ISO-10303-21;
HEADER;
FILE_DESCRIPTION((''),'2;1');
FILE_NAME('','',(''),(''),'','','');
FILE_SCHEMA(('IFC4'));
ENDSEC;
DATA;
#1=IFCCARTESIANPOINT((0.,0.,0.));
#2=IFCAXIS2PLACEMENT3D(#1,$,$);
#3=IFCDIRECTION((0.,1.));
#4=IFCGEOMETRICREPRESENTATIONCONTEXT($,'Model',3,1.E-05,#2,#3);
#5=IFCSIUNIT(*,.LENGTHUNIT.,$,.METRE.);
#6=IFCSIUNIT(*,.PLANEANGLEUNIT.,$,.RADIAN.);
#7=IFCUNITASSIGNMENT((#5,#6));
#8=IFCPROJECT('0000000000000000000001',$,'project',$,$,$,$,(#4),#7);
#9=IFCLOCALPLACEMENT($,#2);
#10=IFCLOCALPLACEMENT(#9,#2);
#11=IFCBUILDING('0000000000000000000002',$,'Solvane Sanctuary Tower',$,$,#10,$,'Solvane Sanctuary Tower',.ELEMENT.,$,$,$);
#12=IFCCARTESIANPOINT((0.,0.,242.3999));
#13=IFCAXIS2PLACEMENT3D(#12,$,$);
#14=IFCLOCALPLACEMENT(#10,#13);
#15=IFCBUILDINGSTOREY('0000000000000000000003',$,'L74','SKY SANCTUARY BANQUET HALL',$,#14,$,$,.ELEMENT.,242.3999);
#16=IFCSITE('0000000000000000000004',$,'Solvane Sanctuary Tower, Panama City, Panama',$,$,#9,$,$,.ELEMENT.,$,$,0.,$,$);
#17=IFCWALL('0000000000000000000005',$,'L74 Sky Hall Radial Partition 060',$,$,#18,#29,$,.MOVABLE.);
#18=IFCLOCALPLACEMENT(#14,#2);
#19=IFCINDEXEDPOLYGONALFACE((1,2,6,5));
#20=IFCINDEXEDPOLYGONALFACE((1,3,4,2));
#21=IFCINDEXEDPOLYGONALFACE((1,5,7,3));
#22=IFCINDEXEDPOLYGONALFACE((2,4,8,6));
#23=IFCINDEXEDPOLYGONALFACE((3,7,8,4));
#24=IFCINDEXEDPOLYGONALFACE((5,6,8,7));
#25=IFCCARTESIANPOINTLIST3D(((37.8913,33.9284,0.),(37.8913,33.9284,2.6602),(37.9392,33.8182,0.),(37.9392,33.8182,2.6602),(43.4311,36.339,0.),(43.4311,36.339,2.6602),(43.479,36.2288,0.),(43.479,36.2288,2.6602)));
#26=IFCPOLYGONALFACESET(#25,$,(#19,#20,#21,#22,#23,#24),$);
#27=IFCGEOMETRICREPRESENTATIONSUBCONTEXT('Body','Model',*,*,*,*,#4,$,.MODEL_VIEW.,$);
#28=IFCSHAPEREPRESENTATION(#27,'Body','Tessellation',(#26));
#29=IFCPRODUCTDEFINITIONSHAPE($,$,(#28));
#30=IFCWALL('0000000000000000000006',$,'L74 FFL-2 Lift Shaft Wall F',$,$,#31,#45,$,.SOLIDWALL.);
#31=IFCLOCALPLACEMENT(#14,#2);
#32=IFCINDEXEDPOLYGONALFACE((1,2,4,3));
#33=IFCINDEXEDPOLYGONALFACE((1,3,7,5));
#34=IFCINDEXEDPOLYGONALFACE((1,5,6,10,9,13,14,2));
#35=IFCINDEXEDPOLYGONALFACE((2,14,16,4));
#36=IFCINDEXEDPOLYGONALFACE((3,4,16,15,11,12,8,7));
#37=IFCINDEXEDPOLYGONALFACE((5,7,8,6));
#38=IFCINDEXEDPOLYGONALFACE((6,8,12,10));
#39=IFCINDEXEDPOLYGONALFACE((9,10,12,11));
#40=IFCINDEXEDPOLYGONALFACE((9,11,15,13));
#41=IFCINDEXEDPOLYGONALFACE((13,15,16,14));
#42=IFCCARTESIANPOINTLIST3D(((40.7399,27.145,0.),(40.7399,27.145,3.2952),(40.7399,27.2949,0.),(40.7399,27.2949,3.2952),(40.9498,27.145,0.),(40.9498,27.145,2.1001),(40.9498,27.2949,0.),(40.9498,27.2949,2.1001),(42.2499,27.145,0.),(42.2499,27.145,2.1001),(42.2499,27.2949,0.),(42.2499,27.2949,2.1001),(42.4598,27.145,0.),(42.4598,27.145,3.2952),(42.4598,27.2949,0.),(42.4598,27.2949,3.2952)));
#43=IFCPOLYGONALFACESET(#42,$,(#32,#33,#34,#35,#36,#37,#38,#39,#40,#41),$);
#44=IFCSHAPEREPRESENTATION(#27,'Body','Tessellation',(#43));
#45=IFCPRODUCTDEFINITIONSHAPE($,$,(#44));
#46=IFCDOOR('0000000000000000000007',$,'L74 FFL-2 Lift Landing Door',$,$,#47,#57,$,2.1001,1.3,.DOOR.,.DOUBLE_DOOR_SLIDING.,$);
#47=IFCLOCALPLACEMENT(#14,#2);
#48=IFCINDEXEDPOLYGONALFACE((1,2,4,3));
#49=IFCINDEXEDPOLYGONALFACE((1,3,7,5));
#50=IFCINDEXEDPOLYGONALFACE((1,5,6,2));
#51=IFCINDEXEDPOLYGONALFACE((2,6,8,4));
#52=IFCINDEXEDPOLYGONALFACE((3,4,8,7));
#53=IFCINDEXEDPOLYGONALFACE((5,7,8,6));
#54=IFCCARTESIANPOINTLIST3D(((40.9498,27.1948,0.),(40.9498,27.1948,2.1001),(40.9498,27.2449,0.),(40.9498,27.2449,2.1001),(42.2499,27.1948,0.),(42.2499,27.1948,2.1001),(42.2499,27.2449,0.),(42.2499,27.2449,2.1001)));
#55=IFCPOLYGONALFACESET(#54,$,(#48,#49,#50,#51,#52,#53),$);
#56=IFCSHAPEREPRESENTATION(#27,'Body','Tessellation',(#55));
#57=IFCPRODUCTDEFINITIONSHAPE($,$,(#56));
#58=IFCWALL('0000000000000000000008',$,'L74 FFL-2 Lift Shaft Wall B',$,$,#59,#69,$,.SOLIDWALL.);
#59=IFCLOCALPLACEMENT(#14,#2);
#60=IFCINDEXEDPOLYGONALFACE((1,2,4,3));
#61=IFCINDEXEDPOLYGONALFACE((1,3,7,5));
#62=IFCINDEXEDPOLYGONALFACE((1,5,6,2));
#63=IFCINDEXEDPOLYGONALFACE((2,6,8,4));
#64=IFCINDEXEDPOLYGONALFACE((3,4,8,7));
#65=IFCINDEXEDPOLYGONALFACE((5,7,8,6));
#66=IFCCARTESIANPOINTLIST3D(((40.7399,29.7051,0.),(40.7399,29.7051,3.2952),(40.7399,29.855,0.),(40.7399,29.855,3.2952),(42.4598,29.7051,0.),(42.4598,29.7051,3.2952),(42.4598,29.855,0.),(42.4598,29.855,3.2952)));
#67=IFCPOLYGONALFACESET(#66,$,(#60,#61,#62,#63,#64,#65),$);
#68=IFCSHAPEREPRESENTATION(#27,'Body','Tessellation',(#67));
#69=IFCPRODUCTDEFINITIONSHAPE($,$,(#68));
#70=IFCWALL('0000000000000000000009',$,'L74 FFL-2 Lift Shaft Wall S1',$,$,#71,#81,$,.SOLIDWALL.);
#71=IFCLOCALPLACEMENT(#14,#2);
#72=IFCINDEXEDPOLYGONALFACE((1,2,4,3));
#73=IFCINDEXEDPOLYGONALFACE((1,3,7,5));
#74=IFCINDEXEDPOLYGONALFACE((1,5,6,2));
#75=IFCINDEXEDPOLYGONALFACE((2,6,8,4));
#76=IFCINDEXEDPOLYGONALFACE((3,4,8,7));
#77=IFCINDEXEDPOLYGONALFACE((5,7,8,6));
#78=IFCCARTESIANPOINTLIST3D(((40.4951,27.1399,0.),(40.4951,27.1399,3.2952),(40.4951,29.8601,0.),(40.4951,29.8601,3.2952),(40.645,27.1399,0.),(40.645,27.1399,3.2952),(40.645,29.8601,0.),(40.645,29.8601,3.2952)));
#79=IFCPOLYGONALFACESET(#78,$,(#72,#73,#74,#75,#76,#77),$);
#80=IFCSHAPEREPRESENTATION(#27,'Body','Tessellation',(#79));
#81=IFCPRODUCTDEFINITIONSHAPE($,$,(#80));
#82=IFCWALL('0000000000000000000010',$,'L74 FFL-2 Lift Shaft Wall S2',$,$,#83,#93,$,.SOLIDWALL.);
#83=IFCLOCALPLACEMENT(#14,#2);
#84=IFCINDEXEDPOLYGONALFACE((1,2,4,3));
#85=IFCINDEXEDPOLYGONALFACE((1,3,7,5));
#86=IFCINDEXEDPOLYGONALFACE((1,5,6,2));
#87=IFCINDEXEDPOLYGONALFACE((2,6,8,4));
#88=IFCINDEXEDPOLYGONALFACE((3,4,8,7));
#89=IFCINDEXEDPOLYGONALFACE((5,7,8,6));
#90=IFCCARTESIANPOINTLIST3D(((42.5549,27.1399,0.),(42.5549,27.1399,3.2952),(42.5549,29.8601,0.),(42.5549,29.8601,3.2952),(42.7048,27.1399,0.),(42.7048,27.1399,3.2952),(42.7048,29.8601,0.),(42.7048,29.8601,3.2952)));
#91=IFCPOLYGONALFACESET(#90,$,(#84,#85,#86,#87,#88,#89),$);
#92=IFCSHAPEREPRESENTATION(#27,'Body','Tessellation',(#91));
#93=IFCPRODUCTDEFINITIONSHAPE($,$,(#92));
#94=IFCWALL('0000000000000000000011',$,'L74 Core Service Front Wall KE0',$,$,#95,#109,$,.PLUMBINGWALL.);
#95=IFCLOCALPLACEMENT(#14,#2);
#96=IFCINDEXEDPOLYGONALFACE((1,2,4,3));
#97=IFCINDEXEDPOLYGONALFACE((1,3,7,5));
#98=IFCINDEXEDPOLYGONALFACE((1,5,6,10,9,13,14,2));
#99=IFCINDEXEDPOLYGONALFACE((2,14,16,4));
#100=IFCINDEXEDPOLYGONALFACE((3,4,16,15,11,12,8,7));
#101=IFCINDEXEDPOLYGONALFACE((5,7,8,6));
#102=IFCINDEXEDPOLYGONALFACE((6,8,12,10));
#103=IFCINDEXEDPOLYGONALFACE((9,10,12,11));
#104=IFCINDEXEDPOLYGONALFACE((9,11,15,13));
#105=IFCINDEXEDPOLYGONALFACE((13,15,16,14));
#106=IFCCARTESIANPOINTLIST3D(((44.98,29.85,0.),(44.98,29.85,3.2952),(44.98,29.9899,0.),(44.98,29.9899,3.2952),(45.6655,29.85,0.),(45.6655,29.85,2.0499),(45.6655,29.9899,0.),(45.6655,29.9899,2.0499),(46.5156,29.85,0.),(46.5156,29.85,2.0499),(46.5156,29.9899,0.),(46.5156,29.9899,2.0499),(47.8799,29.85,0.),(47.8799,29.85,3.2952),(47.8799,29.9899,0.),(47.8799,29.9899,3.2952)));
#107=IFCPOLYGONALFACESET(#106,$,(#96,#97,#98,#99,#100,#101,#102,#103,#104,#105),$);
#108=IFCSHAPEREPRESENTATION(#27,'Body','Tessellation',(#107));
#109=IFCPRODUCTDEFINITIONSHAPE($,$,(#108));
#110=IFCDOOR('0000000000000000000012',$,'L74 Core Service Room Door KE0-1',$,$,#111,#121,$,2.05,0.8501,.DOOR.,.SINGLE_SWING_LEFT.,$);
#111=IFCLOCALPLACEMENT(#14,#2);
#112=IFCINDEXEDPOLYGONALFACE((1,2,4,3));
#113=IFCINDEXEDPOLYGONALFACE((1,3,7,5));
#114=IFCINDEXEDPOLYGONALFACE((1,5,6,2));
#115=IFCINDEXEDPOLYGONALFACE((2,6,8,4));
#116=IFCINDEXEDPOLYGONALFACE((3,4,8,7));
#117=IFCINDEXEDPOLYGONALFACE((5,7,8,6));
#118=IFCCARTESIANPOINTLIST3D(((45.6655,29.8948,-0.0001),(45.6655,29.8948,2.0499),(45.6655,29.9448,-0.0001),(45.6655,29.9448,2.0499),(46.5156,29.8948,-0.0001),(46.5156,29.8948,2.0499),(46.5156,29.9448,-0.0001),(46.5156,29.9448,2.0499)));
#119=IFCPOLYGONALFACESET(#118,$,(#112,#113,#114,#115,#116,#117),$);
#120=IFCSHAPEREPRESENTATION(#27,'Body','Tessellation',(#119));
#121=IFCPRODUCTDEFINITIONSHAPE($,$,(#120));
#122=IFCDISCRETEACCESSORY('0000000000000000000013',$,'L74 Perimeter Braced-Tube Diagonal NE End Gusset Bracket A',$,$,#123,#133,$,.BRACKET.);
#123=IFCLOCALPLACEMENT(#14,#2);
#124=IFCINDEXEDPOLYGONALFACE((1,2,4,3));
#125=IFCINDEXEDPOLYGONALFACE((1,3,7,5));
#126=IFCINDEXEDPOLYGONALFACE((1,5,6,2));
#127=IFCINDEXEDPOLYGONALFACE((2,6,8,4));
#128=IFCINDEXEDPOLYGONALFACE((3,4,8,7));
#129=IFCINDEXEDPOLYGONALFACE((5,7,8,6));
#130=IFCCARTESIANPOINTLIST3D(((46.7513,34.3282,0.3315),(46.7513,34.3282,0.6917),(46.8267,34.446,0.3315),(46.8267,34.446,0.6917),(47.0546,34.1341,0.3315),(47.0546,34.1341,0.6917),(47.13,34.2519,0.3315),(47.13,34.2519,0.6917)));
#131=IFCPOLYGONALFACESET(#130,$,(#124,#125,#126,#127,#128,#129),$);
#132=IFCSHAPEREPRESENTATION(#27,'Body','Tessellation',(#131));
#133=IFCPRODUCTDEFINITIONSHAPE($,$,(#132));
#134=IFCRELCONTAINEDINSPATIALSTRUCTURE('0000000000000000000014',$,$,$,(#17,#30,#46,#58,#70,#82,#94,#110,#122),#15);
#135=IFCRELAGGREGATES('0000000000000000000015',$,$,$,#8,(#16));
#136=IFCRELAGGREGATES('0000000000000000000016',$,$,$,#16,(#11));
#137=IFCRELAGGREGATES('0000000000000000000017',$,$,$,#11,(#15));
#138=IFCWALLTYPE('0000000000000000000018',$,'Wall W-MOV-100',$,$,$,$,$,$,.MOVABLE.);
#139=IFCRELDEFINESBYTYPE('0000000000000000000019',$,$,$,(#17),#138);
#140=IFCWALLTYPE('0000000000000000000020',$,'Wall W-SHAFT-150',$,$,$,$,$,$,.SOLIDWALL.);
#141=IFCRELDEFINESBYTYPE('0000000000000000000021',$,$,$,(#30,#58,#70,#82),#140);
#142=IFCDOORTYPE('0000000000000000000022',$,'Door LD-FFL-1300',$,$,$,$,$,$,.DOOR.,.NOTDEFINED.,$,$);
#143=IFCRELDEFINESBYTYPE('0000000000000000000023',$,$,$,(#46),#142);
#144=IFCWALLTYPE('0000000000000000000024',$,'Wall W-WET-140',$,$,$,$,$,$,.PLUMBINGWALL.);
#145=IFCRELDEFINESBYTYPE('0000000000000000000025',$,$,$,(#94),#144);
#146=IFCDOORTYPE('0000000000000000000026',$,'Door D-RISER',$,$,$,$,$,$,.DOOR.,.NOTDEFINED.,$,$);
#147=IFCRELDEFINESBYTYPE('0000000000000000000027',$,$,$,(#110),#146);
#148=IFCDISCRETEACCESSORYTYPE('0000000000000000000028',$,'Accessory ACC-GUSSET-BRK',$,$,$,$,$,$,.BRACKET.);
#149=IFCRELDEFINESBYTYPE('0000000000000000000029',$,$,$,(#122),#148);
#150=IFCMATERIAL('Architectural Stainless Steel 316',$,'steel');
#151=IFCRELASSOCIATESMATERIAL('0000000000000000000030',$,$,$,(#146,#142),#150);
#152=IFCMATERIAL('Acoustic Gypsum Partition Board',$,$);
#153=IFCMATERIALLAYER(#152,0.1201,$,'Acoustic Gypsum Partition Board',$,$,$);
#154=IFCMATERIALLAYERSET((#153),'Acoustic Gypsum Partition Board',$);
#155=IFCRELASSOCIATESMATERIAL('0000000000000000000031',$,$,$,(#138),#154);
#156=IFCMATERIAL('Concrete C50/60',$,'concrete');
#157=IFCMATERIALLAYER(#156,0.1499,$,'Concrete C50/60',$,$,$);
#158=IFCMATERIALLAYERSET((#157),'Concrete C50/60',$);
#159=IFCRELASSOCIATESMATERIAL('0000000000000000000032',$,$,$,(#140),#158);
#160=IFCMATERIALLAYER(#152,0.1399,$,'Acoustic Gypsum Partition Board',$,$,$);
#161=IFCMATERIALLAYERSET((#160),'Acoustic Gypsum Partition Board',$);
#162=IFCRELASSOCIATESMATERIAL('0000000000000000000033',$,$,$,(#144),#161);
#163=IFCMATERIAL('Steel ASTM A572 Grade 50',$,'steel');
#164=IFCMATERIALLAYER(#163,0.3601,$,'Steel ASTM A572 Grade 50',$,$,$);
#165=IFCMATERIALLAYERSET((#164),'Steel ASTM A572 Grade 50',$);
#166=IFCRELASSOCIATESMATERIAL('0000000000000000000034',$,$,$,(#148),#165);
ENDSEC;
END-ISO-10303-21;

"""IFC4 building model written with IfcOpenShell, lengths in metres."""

from ifc_helpers import new_model, si_unit, direction, frame, frame_2d, origin, origin_2d, place, context, subcontext, project, spatial, rectangle, extrude, material, layer, layer_set, type_object, element, fill, save


model = new_model("IFC4")

# Units and contexts
model_context = context("Model", 3, precision=1e-05, world=origin(), true_north=direction((0.0, 1.0)))
body_context = subcontext(model_context, "Body", "Model", "MODEL_VIEW")
ifc_project = project(units=[si_unit("LENGTHUNIT", "METRE"), si_unit("PLANEANGLEUNIT", "RADIAN")], contexts=[model_context])

# Site, building, storey
site_placement = place(None, origin())
site = spatial("IfcSite", under=ifc_project, at=site_placement, Name="Solvane Sanctuary Tower, Panama City, Panama", CompositionType="ELEMENT", RefElevation=0.0)
building_placement = place(site_placement, origin())
building = spatial("IfcBuilding", under=site, at=building_placement, Name="Solvane Sanctuary Tower", LongName="Solvane Sanctuary Tower", CompositionType="ELEMENT")
storey_placement = place(building_placement, frame((0.0, 0.0, 242.3999)))
storey = spatial("IfcBuildingStorey", under=building, at=storey_placement, Name="L74", Description="SKY SANCTUARY BANQUET HALL", CompositionType="ELEMENT", Elevation=242.3999)

# Shared definitions
ifc_material_1 = material(Name="Concrete C50/60", Category="concrete")
ifc_material_2 = material(Name="Acoustic Gypsum Partition Board")

# Shared definitions
ifc_material_3 = material(Name="Architectural Stainless Steel 316", Category="steel")
door_type_1 = type_object("IfcDoorType", Name="Door D-RISER", OperationType="NOTDEFINED", PredefinedType="DOOR", material=ifc_material_3)

# Wall
ifc_layer_1 = layer(ifc_material_2, 0.1201, Name="Acoustic Gypsum Partition Board")
ifc_layer_set_1 = layer_set([ifc_layer_1], Name="Acoustic Gypsum Partition Board")
wall_type_1 = type_object("IfcWallType", Name="Wall W-MOV-100", PredefinedType="MOVABLE", material=ifc_layer_set_1)
wall_1_placement = place(storey_placement, frame((37.9153, 33.8733, 0.0), z_axis=(0.0, 0.0, 1.0), x_axis=(0.916947, 0.39901, 0.0)))
element("IfcWall", 1, at=wall_1_placement, inside=storey, type_object=wall_type_1, Name="L74 Sky Hall Radial Partition 060", PredefinedType="MOVABLE", context=body_context, shape_type="SweptSolid", body=[
    extrude(rectangle(XDim=6.0415, YDim=0.1201, at=frame_2d((3.0208, 0.0))), origin(), (0.0, 0.0, 1.0), 2.6602),
])

# Wall, opening, door
ifc_layer_2 = layer(ifc_material_1, 0.1499, Name="Concrete C50/60")
ifc_layer_set_2 = layer_set([ifc_layer_2], Name="Concrete C50/60")
wall_type_2 = type_object("IfcWallType", Name="Wall W-SHAFT-150", PredefinedType="SOLIDWALL", material=ifc_layer_set_2)
wall_2_placement = place(storey_placement, frame((40.74, 27.22, 0.0), z_axis=(0.0, 0.0, 1.0), x_axis=(1.0, 0.0, 0.0)))
wall_2 = element("IfcWall", 2, at=wall_2_placement, inside=storey, type_object=wall_type_2, Name="L74 FFL-2 Lift Shaft Wall F", PredefinedType="SOLIDWALL", context=body_context, shape_type="SweptSolid", body=[
    extrude(rectangle(XDim=1.72, YDim=0.1499, at=frame_2d((0.8599, 0.0))), origin(), (0.0, 0.0, 1.0), 3.2952),
])
opening_1_placement = place(wall_2_placement, frame((0.21, 0.0, 0.0)))
opening_1 = element("IfcOpeningElement", 3, at=opening_1_placement, cuts=wall_2, PredefinedType="OPENING", context=body_context, shape_type="SweptSolid", body=[
    extrude(rectangle(XDim=1.3, YDim=2.1001, at=frame_2d((0.6499, 1.05))), frame((0.0, 0.085, 0.0), z_axis=(0.0, -1.0, 0.0), x_axis=(1.0, 0.0, 0.0)), (0.0, 0.0, 1.0), 0.1699),
])
door_type_2 = type_object("IfcDoorType", Name="Door LD-FFL-1300", OperationType="NOTDEFINED", PredefinedType="DOOR", material=ifc_material_3)
door_1_placement = place(opening_1_placement, origin())
door_1 = element("IfcDoor", 4, at=door_1_placement, inside=storey, type_object=door_type_2, Name="L74 FFL-2 Lift Landing Door", OperationType="DOUBLE_DOOR_SLIDING", OverallHeight=2.1001, OverallWidth=1.3, PredefinedType="DOOR", context=body_context, shape_type="SweptSolid", body=[
    extrude(rectangle(XDim=1.3, YDim=2.1001, at=frame_2d((0.6499, 1.05))), frame((0.0, 0.0249, 0.0), z_axis=(0.0, -1.0, 0.0), x_axis=(1.0, 0.0, 0.0)), (0.0, 0.0, 1.0), 0.05),
])
fill(opening_1, door_1)

# Walls
wall_3_placement = place(storey_placement, frame((40.74, 29.78, 0.0), z_axis=(0.0, 0.0, 1.0), x_axis=(1.0, 0.0, 0.0)))
element("IfcWall", 5, at=wall_3_placement, inside=storey, type_object=wall_type_2, Name="L74 FFL-2 Lift Shaft Wall B", PredefinedType="SOLIDWALL", context=body_context, shape_type="SweptSolid", body=[
    extrude(rectangle(XDim=1.72, YDim=0.1499, at=frame_2d((0.8599, 0.0))), origin(), (0.0, 0.0, 1.0), 3.2952),
])
for number, where, z_axis, x_axis, name in (
    (6, (40.5701, 27.1399, 0.0), (0.0, 0.0, 1.0), (0.0, 1.0, 0.0), "L74 FFL-2 Lift Shaft Wall S1"),
    (7, (42.6299, 27.1399, 0.0), (0.0, 0.0, 1.0), (0.0, 1.0, 0.0), "L74 FFL-2 Lift Shaft Wall S2"),
):
    element("IfcWall", number, at=place(storey_placement, frame(where, z_axis=z_axis, x_axis=x_axis)), inside=storey, type_object=wall_type_2, Name=name, PredefinedType="SOLIDWALL", context=body_context, shape_type="SweptSolid", body=[
        extrude(rectangle(XDim=2.7202, YDim=0.1499, at=frame_2d((1.3601, 0.0))), origin(), (0.0, 0.0, 1.0), 3.2952),
    ])

# Wall, opening, door
ifc_layer_3 = layer(ifc_material_2, 0.1399, Name="Acoustic Gypsum Partition Board")
ifc_layer_set_3 = layer_set([ifc_layer_3], Name="Acoustic Gypsum Partition Board")
wall_type_3 = type_object("IfcWallType", Name="Wall W-WET-140", PredefinedType="PLUMBINGWALL", material=ifc_layer_set_3)
wall_4_placement = place(storey_placement, frame((44.98, 29.9199, 0.0), z_axis=(0.0, 0.0, 1.0), x_axis=(1.0, 0.0, 0.0)))
wall_4 = element("IfcWall", 8, at=wall_4_placement, inside=storey, type_object=wall_type_3, Name="L74 Core Service Front Wall KE0", PredefinedType="PLUMBINGWALL", context=body_context, shape_type="SweptSolid", body=[
    extrude(rectangle(XDim=2.8999, YDim=0.1399, at=frame_2d((1.45, 0.0))), origin(), (0.0, 0.0, 1.0), 3.2952),
])
opening_2_placement = place(wall_4_placement, frame((0.6855, 0.0, 0.0)))
opening_2 = element("IfcOpeningElement", 9, at=opening_2_placement, cuts=wall_4, PredefinedType="OPENING", context=body_context, shape_type="SweptSolid", body=[
    extrude(rectangle(XDim=0.8501, YDim=2.05, at=frame_2d((0.425, 1.0249))), frame((0.0, 0.0798, 0.0), z_axis=(0.0, -1.0, 0.0), x_axis=(1.0, 0.0, 0.0)), (0.0, 0.0, 1.0), 0.1599),
])
door_2_placement = place(opening_2_placement, origin())
door_2 = element("IfcDoor", 10, at=door_2_placement, inside=storey, type_object=door_type_1, Name="L74 Core Service Room Door KE0-1", OperationType="SINGLE_SWING_LEFT", OverallHeight=2.05, OverallWidth=0.8501, PredefinedType="DOOR", context=body_context, shape_type="SweptSolid", body=[
    extrude(rectangle(XDim=0.8501, YDim=2.05, at=frame_2d((0.425, 1.0249))), frame((0.0, 0.0249, 0.0), z_axis=(0.0, -1.0, 0.0), x_axis=(1.0, 0.0, 0.0)), (0.0, 0.0, 1.0), 0.05),
])
fill(opening_2, door_2)

# Discrete accessory
ifc_material_4 = material(Name="Steel ASTM A572 Grade 50", Category="steel")
ifc_layer_4 = layer(ifc_material_4, 0.3601, Name="Steel ASTM A572 Grade 50")
ifc_layer_set_4 = layer_set([ifc_layer_4], Name="Steel ASTM A572 Grade 50")
discrete_accessory_type = type_object("IfcDiscreteAccessoryType", Name="Accessory ACC-GUSSET-BRK", PredefinedType="BRACKET", material=ifc_layer_set_4)
discrete_accessory_placement = place(storey_placement, frame((46.9407, 34.29, 0.3315), z_axis=(0.0, 0.0, 1.0), x_axis=(-0.842264, 0.539065, 0.0)))
element("IfcDiscreteAccessory", 11, at=discrete_accessory_placement, inside=storey, type_object=discrete_accessory_type, Name="L74 Perimeter Braced-Tube Diagonal NE End Gusset Bracket A", PredefinedType="BRACKET", context=body_context, shape_type="SweptSolid", body=[
    extrude(rectangle(XDim=0.3601, YDim=0.1399, at=origin_2d()), origin(), (0.0, 0.0, 1.0), 0.3601),
])

save(model, "model.ifc")
